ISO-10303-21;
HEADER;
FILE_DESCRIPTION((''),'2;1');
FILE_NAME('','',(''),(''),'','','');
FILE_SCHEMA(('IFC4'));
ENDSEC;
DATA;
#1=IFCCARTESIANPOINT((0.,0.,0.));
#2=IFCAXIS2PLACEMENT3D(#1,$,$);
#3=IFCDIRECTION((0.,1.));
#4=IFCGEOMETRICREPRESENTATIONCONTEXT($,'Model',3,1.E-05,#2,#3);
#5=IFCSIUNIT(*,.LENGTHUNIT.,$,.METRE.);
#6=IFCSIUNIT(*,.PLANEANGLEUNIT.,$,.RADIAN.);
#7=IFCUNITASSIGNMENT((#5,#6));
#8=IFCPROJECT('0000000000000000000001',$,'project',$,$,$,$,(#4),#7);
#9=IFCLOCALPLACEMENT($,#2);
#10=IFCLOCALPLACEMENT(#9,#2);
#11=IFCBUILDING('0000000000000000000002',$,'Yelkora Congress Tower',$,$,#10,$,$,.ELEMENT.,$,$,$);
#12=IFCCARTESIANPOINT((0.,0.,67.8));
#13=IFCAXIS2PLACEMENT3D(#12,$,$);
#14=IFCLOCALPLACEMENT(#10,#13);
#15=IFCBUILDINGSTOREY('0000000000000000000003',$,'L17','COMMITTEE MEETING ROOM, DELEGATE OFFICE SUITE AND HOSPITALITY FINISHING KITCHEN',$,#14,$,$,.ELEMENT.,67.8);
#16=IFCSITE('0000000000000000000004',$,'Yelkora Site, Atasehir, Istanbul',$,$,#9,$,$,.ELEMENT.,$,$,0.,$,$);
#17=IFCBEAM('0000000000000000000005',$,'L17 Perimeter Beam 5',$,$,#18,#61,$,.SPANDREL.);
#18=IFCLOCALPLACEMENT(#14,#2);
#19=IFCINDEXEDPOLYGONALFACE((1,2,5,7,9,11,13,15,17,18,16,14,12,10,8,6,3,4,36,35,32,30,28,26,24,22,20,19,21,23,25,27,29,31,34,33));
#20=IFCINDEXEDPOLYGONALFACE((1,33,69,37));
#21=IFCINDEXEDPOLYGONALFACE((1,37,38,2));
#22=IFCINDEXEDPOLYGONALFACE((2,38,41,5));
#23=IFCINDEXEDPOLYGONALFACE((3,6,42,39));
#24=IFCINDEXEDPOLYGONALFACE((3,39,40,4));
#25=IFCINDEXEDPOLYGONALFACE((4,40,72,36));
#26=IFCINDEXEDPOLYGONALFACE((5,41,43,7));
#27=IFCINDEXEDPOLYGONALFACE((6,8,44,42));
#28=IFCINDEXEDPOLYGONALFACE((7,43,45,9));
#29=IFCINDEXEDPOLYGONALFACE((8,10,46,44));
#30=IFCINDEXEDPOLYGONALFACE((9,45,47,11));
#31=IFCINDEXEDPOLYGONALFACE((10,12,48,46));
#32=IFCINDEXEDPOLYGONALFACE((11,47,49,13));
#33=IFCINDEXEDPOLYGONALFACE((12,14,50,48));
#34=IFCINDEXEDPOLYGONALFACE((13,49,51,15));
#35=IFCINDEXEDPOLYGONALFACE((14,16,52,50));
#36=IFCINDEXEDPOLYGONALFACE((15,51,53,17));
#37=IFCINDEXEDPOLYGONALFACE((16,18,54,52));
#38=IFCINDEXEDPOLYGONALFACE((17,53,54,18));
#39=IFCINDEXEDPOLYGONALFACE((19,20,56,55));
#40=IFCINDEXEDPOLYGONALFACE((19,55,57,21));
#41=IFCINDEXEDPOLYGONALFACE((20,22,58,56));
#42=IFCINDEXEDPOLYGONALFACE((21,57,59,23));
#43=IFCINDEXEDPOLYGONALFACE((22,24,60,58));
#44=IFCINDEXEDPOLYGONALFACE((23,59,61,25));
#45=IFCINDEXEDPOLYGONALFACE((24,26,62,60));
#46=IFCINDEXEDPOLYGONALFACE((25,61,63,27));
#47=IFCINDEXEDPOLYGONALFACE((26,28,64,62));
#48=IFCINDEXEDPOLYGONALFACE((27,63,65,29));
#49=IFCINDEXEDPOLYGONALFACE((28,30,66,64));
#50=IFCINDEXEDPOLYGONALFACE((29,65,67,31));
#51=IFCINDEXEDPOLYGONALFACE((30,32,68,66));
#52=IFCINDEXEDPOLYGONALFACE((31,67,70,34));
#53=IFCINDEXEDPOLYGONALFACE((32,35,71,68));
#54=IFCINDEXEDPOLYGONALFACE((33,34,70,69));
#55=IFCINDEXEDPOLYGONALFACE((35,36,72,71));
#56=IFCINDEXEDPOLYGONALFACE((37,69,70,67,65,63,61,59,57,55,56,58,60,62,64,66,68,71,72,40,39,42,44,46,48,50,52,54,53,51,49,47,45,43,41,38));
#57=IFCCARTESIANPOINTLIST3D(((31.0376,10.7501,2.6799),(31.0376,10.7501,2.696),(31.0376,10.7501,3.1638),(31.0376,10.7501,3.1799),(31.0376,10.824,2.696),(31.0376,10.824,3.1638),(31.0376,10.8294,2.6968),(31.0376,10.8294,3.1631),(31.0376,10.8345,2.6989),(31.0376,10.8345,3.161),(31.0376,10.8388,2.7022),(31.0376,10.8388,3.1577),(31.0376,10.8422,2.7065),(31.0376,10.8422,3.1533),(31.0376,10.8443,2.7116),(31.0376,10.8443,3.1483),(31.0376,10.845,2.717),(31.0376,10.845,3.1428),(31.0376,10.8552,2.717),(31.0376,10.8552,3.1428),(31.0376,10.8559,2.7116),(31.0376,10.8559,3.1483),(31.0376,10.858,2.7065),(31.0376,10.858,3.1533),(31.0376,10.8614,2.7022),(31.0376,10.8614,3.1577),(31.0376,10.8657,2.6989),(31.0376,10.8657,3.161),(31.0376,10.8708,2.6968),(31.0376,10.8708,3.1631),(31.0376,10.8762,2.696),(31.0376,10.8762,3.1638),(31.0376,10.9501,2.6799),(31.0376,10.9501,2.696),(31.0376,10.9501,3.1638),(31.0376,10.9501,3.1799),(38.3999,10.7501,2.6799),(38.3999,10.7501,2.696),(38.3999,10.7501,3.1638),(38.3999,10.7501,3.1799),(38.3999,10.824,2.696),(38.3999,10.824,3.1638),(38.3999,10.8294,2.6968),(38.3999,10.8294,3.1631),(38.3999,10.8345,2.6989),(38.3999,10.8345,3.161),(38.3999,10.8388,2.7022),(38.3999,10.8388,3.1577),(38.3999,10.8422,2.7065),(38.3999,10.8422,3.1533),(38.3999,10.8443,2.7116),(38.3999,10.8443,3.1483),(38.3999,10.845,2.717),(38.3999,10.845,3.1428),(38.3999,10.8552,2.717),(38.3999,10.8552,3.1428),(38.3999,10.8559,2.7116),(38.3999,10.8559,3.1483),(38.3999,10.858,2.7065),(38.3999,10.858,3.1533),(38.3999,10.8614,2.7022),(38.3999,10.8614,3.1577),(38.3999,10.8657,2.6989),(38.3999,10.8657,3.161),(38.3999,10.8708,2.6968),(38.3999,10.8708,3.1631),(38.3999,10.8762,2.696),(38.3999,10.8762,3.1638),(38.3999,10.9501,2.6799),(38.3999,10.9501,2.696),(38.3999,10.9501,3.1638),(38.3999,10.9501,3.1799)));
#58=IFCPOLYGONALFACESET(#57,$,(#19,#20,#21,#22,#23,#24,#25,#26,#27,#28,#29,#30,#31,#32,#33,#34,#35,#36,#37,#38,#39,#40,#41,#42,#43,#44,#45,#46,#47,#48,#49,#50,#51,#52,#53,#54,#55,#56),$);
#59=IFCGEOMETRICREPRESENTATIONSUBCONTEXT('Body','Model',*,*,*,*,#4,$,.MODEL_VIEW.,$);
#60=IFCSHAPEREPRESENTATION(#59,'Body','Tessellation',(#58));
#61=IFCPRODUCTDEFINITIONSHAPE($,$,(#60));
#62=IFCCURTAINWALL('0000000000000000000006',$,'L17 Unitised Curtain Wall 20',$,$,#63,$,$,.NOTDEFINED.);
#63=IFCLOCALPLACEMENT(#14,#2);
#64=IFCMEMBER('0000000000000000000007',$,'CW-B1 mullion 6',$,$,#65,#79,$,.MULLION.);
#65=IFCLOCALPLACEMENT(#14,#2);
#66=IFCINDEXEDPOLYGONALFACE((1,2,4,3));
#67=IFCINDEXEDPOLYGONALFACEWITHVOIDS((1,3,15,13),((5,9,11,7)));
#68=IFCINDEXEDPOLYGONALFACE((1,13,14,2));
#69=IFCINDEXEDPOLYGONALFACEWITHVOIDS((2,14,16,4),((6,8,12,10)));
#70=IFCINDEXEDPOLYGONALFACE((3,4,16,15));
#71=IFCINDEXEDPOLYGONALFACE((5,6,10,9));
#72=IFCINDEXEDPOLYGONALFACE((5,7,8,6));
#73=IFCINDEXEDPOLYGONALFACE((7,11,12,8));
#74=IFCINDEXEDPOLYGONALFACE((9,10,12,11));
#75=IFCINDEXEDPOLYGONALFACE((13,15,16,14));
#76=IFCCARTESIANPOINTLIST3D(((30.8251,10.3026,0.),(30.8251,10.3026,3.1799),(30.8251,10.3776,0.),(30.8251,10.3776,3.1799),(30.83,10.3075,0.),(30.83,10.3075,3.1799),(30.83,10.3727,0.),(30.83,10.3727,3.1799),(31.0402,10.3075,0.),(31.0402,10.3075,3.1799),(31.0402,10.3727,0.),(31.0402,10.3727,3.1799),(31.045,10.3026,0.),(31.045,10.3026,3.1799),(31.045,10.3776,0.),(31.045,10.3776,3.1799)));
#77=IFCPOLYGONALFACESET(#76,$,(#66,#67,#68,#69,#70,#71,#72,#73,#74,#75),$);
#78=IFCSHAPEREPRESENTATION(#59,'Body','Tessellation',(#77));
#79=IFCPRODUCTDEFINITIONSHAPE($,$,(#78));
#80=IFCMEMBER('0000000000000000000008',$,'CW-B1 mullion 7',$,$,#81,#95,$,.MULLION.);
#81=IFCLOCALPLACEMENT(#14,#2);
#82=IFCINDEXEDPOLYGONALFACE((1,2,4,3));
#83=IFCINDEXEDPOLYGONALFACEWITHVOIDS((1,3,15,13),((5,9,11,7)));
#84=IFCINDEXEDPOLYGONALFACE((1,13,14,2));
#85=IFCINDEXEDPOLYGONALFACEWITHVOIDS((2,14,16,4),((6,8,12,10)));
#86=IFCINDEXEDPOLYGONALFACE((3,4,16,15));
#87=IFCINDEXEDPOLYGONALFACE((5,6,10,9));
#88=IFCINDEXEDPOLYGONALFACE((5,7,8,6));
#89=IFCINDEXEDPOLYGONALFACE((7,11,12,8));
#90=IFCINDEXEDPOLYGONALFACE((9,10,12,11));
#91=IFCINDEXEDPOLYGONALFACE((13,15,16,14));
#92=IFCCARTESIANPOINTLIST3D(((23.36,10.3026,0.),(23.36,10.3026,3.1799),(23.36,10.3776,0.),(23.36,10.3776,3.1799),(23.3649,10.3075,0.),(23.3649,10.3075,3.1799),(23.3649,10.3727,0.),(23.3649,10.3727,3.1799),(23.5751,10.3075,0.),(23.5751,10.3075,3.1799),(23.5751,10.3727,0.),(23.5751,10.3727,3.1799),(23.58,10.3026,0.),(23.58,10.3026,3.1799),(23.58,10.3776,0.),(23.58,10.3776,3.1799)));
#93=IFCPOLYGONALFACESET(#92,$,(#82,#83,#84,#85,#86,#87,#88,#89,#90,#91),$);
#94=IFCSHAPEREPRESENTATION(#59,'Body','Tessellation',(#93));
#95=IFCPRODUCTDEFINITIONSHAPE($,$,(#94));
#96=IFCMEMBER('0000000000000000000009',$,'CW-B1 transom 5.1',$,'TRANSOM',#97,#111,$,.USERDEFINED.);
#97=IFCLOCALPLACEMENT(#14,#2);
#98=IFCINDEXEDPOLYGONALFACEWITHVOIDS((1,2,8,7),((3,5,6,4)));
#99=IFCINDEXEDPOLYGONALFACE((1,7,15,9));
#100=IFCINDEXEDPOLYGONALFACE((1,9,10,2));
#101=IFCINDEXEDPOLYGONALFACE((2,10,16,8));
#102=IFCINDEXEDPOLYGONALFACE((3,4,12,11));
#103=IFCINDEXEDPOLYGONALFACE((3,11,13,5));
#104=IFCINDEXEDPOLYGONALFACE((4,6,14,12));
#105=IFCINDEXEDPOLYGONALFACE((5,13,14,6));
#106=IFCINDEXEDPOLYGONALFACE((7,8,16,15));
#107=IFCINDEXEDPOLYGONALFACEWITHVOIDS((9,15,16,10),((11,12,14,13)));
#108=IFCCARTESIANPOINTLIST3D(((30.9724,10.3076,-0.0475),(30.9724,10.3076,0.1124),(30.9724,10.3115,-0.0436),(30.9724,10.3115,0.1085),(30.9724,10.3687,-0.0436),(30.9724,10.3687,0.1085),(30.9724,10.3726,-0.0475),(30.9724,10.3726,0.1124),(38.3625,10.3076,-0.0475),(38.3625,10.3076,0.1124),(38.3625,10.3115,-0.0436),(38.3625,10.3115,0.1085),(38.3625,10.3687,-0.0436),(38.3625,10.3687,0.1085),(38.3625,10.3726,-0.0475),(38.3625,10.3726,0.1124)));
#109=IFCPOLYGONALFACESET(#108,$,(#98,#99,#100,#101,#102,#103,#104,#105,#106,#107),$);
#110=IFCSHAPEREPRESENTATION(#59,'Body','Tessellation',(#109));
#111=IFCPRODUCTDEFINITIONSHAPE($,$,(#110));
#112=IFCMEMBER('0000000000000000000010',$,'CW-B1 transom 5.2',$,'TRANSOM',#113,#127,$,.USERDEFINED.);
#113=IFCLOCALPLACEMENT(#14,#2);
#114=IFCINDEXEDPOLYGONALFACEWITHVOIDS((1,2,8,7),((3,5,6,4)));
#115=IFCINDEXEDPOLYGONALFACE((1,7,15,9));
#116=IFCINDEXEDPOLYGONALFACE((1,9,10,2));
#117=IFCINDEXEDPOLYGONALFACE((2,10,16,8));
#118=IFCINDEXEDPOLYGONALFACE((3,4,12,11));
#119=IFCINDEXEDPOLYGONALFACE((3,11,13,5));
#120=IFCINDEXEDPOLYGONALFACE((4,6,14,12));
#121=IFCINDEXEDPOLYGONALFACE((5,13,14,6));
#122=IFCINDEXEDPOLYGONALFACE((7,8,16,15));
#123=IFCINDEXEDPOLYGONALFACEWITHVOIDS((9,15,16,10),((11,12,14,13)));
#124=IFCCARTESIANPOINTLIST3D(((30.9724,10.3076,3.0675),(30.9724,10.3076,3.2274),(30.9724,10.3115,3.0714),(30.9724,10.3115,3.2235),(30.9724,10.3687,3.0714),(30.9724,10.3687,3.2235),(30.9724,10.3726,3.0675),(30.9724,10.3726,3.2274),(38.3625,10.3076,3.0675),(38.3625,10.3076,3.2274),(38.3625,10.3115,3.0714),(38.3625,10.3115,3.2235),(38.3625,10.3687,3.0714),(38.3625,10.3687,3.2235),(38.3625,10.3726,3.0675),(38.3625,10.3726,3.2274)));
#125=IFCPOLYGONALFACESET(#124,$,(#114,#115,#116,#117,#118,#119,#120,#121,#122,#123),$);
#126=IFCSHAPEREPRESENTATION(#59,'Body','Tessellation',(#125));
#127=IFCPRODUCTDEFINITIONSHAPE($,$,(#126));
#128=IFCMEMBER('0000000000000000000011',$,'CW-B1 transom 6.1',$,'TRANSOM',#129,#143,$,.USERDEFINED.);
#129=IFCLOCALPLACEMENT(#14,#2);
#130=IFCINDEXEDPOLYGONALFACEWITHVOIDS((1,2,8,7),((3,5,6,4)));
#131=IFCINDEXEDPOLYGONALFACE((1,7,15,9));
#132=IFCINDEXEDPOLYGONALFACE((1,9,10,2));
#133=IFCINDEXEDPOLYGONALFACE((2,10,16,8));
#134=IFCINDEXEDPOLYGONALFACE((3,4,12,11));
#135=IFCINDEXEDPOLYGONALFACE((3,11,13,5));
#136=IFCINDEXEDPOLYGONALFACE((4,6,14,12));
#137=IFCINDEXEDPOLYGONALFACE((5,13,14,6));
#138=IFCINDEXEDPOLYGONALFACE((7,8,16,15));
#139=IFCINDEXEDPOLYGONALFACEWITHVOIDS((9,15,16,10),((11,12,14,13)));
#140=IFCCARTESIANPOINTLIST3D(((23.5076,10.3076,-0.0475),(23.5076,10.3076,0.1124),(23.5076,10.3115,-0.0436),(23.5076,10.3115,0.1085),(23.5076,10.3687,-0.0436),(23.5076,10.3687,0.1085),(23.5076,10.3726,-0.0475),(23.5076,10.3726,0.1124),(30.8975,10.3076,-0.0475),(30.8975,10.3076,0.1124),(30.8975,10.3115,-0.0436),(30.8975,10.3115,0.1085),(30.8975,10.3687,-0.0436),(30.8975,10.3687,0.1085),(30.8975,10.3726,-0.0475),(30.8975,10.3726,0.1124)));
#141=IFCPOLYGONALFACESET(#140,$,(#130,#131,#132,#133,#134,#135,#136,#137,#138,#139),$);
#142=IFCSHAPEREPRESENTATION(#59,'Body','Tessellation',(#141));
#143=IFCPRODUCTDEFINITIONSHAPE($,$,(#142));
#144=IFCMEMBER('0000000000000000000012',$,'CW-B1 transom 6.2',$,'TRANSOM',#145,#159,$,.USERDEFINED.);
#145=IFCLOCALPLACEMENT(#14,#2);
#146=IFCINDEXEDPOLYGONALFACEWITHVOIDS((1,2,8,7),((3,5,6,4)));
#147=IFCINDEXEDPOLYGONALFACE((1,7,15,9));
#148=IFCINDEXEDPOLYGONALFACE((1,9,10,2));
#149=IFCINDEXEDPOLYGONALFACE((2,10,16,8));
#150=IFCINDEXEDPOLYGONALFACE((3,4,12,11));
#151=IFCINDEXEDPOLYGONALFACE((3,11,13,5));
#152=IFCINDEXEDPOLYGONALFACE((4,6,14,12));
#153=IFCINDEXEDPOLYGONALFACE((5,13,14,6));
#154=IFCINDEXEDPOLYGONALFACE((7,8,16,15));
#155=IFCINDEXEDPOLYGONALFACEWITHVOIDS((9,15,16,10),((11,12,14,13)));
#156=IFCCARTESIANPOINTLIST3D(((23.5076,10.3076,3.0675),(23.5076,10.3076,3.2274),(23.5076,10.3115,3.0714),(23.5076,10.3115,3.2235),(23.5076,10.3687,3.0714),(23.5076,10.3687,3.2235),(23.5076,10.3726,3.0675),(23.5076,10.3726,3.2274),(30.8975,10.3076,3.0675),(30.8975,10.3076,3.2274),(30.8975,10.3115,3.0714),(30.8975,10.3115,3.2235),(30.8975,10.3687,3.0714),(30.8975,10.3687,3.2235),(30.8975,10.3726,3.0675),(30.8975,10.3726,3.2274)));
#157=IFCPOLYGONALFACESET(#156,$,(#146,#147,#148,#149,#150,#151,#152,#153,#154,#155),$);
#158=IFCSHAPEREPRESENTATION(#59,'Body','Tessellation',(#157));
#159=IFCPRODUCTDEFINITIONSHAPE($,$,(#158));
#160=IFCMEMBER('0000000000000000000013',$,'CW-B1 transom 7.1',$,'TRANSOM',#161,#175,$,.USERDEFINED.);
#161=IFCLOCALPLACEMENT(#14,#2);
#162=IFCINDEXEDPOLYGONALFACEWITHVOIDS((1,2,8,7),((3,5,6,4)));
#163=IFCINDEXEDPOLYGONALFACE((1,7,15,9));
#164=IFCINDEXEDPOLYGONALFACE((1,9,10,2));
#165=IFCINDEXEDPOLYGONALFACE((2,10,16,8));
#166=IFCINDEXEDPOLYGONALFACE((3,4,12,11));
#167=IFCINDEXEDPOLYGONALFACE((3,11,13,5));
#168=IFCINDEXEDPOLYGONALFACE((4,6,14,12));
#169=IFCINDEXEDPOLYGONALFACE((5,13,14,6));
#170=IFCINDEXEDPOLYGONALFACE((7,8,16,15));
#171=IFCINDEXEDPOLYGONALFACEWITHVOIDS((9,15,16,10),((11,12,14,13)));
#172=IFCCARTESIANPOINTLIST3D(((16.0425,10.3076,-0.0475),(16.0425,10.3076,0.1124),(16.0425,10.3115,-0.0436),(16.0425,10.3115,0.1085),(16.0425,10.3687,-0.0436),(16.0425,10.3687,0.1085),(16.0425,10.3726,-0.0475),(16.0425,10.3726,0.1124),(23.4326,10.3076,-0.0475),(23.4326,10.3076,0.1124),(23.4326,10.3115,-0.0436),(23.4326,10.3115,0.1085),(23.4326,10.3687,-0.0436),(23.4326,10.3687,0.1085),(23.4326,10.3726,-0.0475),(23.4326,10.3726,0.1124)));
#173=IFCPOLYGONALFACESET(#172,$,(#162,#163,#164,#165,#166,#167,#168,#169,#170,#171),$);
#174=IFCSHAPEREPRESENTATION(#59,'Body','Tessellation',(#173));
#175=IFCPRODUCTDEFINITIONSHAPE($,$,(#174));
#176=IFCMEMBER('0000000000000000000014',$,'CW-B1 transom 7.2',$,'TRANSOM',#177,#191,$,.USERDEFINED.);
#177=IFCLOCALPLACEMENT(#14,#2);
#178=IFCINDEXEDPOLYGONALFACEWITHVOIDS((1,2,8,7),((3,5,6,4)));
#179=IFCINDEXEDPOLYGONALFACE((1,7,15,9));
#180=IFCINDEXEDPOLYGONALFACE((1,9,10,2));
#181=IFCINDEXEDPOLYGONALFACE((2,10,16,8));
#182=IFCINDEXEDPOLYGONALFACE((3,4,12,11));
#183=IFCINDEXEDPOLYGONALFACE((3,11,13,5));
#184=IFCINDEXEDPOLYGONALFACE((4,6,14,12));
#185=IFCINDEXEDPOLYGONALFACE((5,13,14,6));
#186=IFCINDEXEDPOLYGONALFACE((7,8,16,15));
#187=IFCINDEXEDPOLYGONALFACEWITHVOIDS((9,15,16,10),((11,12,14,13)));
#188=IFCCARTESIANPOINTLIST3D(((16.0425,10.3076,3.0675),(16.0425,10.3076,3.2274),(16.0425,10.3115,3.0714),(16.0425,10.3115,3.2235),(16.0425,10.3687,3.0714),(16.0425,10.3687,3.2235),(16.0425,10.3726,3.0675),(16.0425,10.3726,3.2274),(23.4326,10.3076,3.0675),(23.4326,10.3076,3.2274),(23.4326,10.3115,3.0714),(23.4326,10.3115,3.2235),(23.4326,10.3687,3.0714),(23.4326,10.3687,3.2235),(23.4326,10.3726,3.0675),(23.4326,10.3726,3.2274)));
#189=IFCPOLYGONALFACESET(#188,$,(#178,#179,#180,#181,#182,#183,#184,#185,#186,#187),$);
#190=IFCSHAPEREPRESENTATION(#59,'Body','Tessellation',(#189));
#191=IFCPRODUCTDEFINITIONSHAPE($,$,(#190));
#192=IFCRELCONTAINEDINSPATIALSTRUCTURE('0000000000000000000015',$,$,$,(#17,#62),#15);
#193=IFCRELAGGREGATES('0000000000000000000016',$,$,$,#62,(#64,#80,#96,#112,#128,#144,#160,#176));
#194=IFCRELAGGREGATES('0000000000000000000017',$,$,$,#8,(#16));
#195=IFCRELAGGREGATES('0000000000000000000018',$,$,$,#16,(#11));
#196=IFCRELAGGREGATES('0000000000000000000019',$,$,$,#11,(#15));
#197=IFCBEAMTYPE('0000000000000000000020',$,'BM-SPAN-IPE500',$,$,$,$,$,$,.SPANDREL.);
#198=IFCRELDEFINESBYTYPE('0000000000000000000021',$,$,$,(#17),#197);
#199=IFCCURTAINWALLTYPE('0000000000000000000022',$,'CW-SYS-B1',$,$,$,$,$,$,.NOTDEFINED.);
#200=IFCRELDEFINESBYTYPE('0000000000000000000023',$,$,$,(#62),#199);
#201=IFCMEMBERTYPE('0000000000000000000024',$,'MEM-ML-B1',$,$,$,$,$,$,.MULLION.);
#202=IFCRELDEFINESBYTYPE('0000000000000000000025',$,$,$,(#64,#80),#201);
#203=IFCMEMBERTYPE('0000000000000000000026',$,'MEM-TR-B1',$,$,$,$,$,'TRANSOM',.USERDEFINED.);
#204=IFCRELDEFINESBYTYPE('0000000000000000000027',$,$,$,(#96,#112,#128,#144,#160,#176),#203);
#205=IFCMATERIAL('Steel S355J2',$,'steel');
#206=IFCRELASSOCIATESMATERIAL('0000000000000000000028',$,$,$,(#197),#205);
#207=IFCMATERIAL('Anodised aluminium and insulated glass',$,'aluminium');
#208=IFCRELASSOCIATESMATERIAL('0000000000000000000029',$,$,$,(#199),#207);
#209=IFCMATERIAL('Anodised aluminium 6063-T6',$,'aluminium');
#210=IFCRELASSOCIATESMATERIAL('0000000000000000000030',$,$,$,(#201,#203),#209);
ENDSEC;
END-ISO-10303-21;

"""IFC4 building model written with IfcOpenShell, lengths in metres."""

from ifc_helpers import new_model, si_unit, direction, frame, origin, origin_2d, place, context, subcontext, project, spatial, hollow_rectangle, i_section, extrude, material, material_profile, profile_set, type_object, element, aggregate, save


model = new_model("IFC4")

# Units and contexts
model_context = context("Model", 3, precision=1e-05, world=origin(), true_north=direction((0.0, 1.0)))
body_context = subcontext(model_context, "Body", "Model", "MODEL_VIEW")
ifc_project = project(units=[si_unit("LENGTHUNIT", "METRE"), si_unit("PLANEANGLEUNIT", "RADIAN")], contexts=[model_context])

# Site, building, storey
site_placement = place(None, origin())
site = spatial("IfcSite", under=ifc_project, at=site_placement, Name="Yelkora Site, Atasehir, Istanbul", CompositionType="ELEMENT", RefElevation=0.0)
building_placement = place(site_placement, origin())
building = spatial("IfcBuilding", under=site, at=building_placement, Name="Yelkora Congress Tower", CompositionType="ELEMENT")
storey_placement = place(building_placement, frame((0.0, 0.0, 67.8)))
storey = spatial("IfcBuildingStorey", under=building, at=storey_placement, Name="L17", Description="COMMITTEE MEETING ROOM, DELEGATE OFFICE SUITE AND HOSPITALITY FINISHING KITCHEN", CompositionType="ELEMENT", Elevation=67.8)

# Beam
ifc_material_1 = material(Name="Steel S355J2", Category="steel")
ifc_material_profile_1 = material_profile(ifc_material_1, i_section(OverallWidth=0.2, OverallDepth=0.5, WebThickness=0.0103, FlangeThickness=0.0161, FilletRadius=0.021, at=origin_2d()), Name="IPE 500")
ifc_profile_set_1 = profile_set([ifc_material_profile_1], Name="Steel S355J2")
beam_type_1 = type_object("IfcBeamType", Name="BM-SPAN-IPE500", PredefinedType="SPANDREL", material=ifc_profile_set_1)
beam_1_placement = place(storey_placement, frame((31.0376, 10.8501, 2.9299), z_axis=(1.0, 0.0, 0.0), x_axis=(0.0, 1.0, 0.0)))
element("IfcBeam", 1, at=beam_1_placement, inside=storey, type_object=beam_type_1, Name="L17 Perimeter Beam 5", PredefinedType="SPANDREL", context=body_context, shape_type="SweptSolid", body=[
    extrude(i_section(OverallWidth=0.2, OverallDepth=0.5, WebThickness=0.0103, FlangeThickness=0.0161, FilletRadius=0.021, at=origin_2d()), origin(), (0.0, 0.0, 1.0), 7.3623),
])

# Curtain wall, members
ifc_material_2 = material(Name="Anodised aluminium and insulated glass", Category="aluminium")
curtain_wall_type = type_object("IfcCurtainWallType", Name="CW-SYS-B1", PredefinedType="NOTDEFINED", material=ifc_material_2)
curtain_wall_placement = place(storey_placement, origin())
curtain_wall = element("IfcCurtainWall", 2, at=curtain_wall_placement, inside=storey, type_object=curtain_wall_type, Name="L17 Unitised Curtain Wall 20", PredefinedType="NOTDEFINED")
ifc_material_3 = material(Name="Anodised aluminium 6063-T6", Category="aluminium")
ifc_material_profile_2 = material_profile(ifc_material_3, hollow_rectangle(XDim=0.075, YDim=0.22, WallThickness=0.0049, at=origin_2d()), Name="ALU 75x220x5")
ifc_profile_set_2 = profile_set([ifc_material_profile_2], Name="Anodised aluminium 6063-T6")
member_type_1 = type_object("IfcMemberType", Name="MEM-ML-B1", PredefinedType="MULLION", material=ifc_profile_set_2)
member_1_placement = place(storey_placement, frame((30.9351, 10.3401, 0.0), z_axis=(0.0, 0.0, 1.0), x_axis=(0.0, -1.0, 0.0)))
member_1 = element("IfcMember", 3, at=member_1_placement, type_object=member_type_1, Name="CW-B1 mullion 6", PredefinedType="MULLION", context=body_context, shape_type="SweptSolid", body=[
    extrude(hollow_rectangle(XDim=0.075, YDim=0.22, WallThickness=0.0049, at=origin_2d()), origin(), (0.0, 0.0, 1.0), 3.1799),
])
member_2_placement = place(storey_placement, frame((23.47, 10.3401, 0.0), z_axis=(0.0, 0.0, 1.0), x_axis=(0.0, -1.0, 0.0)))
member_2 = element("IfcMember", 4, at=member_2_placement, type_object=member_type_1, Name="CW-B1 mullion 7", PredefinedType="MULLION", context=body_context, shape_type="SweptSolid", body=[
    extrude(hollow_rectangle(XDim=0.075, YDim=0.22, WallThickness=0.0049, at=origin_2d()), origin(), (0.0, 0.0, 1.0), 3.1799),
])
ifc_material_profile_3 = material_profile(ifc_material_3, hollow_rectangle(XDim=0.0649, YDim=0.1599, WallThickness=0.0039, at=origin_2d()), Name="ALU 65x160x4")
ifc_profile_set_3 = profile_set([ifc_material_profile_3], Name="Anodised aluminium 6063-T6")
member_type_2 = type_object("IfcMemberType", Name="MEM-TR-B1", ElementType="TRANSOM", PredefinedType="USERDEFINED", material=ifc_profile_set_3)
member_3_placement = place(storey_placement, frame((38.3625, 10.3401, 0.0325), z_axis=(-1.0, 0.0, 0.0), x_axis=(0.0, -1.0, 0.0)))
member_3 = element("IfcMember", 5, at=member_3_placement, type_object=member_type_2, Name="CW-B1 transom 5.1", ObjectType="TRANSOM", PredefinedType="USERDEFINED", context=body_context, shape_type="SweptSolid", body=[
    extrude(hollow_rectangle(XDim=0.0649, YDim=0.1599, WallThickness=0.0039, at=origin_2d()), origin(), (0.0, 0.0, 1.0), 7.3901),
])
member_4_placement = place(storey_placement, frame((38.3625, 10.3401, 3.1475), z_axis=(-1.0, 0.0, 0.0), x_axis=(0.0, -1.0, 0.0)))
member_4 = element("IfcMember", 6, at=member_4_placement, type_object=member_type_2, Name="CW-B1 transom 5.2", ObjectType="TRANSOM", PredefinedType="USERDEFINED", context=body_context, shape_type="SweptSolid", body=[
    extrude(hollow_rectangle(XDim=0.0649, YDim=0.1599, WallThickness=0.0039, at=origin_2d()), origin(), (0.0, 0.0, 1.0), 7.3901),
])
member_5_placement = place(storey_placement, frame((30.8975, 10.3401, 0.0325), z_axis=(-1.0, 0.0, 0.0), x_axis=(0.0, -1.0, 0.0)))
member_5 = element("IfcMember", 7, at=member_5_placement, type_object=member_type_2, Name="CW-B1 transom 6.1", ObjectType="TRANSOM", PredefinedType="USERDEFINED", context=body_context, shape_type="SweptSolid", body=[
    extrude(hollow_rectangle(XDim=0.0649, YDim=0.1599, WallThickness=0.0039, at=origin_2d()), origin(), (0.0, 0.0, 1.0), 7.3899),
])
member_6_placement = place(storey_placement, frame((30.8975, 10.3401, 3.1475), z_axis=(-1.0, 0.0, 0.0), x_axis=(0.0, -1.0, 0.0)))
member_6 = element("IfcMember", 8, at=member_6_placement, type_object=member_type_2, Name="CW-B1 transom 6.2", ObjectType="TRANSOM", PredefinedType="USERDEFINED", context=body_context, shape_type="SweptSolid", body=[
    extrude(hollow_rectangle(XDim=0.0649, YDim=0.1599, WallThickness=0.0039, at=origin_2d()), origin(), (0.0, 0.0, 1.0), 7.3899),
])
member_7_placement = place(storey_placement, frame((23.4326, 10.3401, 0.0325), z_axis=(-1.0, 0.0, 0.0), x_axis=(0.0, -1.0, 0.0)))
member_7 = element("IfcMember", 9, at=member_7_placement, type_object=member_type_2, Name="CW-B1 transom 7.1", ObjectType="TRANSOM", PredefinedType="USERDEFINED", context=body_context, shape_type="SweptSolid", body=[
    extrude(hollow_rectangle(XDim=0.0649, YDim=0.1599, WallThickness=0.0039, at=origin_2d()), origin(), (0.0, 0.0, 1.0), 7.3901),
])
member_8_placement = place(storey_placement, frame((23.4326, 10.3401, 3.1475), z_axis=(-1.0, 0.0, 0.0), x_axis=(0.0, -1.0, 0.0)))
member_8 = element("IfcMember", 10, at=member_8_placement, type_object=member_type_2, Name="CW-B1 transom 7.2", ObjectType="TRANSOM", PredefinedType="USERDEFINED", context=body_context, shape_type="SweptSolid", body=[
    extrude(hollow_rectangle(XDim=0.0649, YDim=0.1599, WallThickness=0.0039, at=origin_2d()), origin(), (0.0, 0.0, 1.0), 7.3901),
])
aggregate(curtain_wall, [member_1, member_2, member_3, member_4, member_5, member_6, member_7, member_8])

save(model, "model.ifc")
